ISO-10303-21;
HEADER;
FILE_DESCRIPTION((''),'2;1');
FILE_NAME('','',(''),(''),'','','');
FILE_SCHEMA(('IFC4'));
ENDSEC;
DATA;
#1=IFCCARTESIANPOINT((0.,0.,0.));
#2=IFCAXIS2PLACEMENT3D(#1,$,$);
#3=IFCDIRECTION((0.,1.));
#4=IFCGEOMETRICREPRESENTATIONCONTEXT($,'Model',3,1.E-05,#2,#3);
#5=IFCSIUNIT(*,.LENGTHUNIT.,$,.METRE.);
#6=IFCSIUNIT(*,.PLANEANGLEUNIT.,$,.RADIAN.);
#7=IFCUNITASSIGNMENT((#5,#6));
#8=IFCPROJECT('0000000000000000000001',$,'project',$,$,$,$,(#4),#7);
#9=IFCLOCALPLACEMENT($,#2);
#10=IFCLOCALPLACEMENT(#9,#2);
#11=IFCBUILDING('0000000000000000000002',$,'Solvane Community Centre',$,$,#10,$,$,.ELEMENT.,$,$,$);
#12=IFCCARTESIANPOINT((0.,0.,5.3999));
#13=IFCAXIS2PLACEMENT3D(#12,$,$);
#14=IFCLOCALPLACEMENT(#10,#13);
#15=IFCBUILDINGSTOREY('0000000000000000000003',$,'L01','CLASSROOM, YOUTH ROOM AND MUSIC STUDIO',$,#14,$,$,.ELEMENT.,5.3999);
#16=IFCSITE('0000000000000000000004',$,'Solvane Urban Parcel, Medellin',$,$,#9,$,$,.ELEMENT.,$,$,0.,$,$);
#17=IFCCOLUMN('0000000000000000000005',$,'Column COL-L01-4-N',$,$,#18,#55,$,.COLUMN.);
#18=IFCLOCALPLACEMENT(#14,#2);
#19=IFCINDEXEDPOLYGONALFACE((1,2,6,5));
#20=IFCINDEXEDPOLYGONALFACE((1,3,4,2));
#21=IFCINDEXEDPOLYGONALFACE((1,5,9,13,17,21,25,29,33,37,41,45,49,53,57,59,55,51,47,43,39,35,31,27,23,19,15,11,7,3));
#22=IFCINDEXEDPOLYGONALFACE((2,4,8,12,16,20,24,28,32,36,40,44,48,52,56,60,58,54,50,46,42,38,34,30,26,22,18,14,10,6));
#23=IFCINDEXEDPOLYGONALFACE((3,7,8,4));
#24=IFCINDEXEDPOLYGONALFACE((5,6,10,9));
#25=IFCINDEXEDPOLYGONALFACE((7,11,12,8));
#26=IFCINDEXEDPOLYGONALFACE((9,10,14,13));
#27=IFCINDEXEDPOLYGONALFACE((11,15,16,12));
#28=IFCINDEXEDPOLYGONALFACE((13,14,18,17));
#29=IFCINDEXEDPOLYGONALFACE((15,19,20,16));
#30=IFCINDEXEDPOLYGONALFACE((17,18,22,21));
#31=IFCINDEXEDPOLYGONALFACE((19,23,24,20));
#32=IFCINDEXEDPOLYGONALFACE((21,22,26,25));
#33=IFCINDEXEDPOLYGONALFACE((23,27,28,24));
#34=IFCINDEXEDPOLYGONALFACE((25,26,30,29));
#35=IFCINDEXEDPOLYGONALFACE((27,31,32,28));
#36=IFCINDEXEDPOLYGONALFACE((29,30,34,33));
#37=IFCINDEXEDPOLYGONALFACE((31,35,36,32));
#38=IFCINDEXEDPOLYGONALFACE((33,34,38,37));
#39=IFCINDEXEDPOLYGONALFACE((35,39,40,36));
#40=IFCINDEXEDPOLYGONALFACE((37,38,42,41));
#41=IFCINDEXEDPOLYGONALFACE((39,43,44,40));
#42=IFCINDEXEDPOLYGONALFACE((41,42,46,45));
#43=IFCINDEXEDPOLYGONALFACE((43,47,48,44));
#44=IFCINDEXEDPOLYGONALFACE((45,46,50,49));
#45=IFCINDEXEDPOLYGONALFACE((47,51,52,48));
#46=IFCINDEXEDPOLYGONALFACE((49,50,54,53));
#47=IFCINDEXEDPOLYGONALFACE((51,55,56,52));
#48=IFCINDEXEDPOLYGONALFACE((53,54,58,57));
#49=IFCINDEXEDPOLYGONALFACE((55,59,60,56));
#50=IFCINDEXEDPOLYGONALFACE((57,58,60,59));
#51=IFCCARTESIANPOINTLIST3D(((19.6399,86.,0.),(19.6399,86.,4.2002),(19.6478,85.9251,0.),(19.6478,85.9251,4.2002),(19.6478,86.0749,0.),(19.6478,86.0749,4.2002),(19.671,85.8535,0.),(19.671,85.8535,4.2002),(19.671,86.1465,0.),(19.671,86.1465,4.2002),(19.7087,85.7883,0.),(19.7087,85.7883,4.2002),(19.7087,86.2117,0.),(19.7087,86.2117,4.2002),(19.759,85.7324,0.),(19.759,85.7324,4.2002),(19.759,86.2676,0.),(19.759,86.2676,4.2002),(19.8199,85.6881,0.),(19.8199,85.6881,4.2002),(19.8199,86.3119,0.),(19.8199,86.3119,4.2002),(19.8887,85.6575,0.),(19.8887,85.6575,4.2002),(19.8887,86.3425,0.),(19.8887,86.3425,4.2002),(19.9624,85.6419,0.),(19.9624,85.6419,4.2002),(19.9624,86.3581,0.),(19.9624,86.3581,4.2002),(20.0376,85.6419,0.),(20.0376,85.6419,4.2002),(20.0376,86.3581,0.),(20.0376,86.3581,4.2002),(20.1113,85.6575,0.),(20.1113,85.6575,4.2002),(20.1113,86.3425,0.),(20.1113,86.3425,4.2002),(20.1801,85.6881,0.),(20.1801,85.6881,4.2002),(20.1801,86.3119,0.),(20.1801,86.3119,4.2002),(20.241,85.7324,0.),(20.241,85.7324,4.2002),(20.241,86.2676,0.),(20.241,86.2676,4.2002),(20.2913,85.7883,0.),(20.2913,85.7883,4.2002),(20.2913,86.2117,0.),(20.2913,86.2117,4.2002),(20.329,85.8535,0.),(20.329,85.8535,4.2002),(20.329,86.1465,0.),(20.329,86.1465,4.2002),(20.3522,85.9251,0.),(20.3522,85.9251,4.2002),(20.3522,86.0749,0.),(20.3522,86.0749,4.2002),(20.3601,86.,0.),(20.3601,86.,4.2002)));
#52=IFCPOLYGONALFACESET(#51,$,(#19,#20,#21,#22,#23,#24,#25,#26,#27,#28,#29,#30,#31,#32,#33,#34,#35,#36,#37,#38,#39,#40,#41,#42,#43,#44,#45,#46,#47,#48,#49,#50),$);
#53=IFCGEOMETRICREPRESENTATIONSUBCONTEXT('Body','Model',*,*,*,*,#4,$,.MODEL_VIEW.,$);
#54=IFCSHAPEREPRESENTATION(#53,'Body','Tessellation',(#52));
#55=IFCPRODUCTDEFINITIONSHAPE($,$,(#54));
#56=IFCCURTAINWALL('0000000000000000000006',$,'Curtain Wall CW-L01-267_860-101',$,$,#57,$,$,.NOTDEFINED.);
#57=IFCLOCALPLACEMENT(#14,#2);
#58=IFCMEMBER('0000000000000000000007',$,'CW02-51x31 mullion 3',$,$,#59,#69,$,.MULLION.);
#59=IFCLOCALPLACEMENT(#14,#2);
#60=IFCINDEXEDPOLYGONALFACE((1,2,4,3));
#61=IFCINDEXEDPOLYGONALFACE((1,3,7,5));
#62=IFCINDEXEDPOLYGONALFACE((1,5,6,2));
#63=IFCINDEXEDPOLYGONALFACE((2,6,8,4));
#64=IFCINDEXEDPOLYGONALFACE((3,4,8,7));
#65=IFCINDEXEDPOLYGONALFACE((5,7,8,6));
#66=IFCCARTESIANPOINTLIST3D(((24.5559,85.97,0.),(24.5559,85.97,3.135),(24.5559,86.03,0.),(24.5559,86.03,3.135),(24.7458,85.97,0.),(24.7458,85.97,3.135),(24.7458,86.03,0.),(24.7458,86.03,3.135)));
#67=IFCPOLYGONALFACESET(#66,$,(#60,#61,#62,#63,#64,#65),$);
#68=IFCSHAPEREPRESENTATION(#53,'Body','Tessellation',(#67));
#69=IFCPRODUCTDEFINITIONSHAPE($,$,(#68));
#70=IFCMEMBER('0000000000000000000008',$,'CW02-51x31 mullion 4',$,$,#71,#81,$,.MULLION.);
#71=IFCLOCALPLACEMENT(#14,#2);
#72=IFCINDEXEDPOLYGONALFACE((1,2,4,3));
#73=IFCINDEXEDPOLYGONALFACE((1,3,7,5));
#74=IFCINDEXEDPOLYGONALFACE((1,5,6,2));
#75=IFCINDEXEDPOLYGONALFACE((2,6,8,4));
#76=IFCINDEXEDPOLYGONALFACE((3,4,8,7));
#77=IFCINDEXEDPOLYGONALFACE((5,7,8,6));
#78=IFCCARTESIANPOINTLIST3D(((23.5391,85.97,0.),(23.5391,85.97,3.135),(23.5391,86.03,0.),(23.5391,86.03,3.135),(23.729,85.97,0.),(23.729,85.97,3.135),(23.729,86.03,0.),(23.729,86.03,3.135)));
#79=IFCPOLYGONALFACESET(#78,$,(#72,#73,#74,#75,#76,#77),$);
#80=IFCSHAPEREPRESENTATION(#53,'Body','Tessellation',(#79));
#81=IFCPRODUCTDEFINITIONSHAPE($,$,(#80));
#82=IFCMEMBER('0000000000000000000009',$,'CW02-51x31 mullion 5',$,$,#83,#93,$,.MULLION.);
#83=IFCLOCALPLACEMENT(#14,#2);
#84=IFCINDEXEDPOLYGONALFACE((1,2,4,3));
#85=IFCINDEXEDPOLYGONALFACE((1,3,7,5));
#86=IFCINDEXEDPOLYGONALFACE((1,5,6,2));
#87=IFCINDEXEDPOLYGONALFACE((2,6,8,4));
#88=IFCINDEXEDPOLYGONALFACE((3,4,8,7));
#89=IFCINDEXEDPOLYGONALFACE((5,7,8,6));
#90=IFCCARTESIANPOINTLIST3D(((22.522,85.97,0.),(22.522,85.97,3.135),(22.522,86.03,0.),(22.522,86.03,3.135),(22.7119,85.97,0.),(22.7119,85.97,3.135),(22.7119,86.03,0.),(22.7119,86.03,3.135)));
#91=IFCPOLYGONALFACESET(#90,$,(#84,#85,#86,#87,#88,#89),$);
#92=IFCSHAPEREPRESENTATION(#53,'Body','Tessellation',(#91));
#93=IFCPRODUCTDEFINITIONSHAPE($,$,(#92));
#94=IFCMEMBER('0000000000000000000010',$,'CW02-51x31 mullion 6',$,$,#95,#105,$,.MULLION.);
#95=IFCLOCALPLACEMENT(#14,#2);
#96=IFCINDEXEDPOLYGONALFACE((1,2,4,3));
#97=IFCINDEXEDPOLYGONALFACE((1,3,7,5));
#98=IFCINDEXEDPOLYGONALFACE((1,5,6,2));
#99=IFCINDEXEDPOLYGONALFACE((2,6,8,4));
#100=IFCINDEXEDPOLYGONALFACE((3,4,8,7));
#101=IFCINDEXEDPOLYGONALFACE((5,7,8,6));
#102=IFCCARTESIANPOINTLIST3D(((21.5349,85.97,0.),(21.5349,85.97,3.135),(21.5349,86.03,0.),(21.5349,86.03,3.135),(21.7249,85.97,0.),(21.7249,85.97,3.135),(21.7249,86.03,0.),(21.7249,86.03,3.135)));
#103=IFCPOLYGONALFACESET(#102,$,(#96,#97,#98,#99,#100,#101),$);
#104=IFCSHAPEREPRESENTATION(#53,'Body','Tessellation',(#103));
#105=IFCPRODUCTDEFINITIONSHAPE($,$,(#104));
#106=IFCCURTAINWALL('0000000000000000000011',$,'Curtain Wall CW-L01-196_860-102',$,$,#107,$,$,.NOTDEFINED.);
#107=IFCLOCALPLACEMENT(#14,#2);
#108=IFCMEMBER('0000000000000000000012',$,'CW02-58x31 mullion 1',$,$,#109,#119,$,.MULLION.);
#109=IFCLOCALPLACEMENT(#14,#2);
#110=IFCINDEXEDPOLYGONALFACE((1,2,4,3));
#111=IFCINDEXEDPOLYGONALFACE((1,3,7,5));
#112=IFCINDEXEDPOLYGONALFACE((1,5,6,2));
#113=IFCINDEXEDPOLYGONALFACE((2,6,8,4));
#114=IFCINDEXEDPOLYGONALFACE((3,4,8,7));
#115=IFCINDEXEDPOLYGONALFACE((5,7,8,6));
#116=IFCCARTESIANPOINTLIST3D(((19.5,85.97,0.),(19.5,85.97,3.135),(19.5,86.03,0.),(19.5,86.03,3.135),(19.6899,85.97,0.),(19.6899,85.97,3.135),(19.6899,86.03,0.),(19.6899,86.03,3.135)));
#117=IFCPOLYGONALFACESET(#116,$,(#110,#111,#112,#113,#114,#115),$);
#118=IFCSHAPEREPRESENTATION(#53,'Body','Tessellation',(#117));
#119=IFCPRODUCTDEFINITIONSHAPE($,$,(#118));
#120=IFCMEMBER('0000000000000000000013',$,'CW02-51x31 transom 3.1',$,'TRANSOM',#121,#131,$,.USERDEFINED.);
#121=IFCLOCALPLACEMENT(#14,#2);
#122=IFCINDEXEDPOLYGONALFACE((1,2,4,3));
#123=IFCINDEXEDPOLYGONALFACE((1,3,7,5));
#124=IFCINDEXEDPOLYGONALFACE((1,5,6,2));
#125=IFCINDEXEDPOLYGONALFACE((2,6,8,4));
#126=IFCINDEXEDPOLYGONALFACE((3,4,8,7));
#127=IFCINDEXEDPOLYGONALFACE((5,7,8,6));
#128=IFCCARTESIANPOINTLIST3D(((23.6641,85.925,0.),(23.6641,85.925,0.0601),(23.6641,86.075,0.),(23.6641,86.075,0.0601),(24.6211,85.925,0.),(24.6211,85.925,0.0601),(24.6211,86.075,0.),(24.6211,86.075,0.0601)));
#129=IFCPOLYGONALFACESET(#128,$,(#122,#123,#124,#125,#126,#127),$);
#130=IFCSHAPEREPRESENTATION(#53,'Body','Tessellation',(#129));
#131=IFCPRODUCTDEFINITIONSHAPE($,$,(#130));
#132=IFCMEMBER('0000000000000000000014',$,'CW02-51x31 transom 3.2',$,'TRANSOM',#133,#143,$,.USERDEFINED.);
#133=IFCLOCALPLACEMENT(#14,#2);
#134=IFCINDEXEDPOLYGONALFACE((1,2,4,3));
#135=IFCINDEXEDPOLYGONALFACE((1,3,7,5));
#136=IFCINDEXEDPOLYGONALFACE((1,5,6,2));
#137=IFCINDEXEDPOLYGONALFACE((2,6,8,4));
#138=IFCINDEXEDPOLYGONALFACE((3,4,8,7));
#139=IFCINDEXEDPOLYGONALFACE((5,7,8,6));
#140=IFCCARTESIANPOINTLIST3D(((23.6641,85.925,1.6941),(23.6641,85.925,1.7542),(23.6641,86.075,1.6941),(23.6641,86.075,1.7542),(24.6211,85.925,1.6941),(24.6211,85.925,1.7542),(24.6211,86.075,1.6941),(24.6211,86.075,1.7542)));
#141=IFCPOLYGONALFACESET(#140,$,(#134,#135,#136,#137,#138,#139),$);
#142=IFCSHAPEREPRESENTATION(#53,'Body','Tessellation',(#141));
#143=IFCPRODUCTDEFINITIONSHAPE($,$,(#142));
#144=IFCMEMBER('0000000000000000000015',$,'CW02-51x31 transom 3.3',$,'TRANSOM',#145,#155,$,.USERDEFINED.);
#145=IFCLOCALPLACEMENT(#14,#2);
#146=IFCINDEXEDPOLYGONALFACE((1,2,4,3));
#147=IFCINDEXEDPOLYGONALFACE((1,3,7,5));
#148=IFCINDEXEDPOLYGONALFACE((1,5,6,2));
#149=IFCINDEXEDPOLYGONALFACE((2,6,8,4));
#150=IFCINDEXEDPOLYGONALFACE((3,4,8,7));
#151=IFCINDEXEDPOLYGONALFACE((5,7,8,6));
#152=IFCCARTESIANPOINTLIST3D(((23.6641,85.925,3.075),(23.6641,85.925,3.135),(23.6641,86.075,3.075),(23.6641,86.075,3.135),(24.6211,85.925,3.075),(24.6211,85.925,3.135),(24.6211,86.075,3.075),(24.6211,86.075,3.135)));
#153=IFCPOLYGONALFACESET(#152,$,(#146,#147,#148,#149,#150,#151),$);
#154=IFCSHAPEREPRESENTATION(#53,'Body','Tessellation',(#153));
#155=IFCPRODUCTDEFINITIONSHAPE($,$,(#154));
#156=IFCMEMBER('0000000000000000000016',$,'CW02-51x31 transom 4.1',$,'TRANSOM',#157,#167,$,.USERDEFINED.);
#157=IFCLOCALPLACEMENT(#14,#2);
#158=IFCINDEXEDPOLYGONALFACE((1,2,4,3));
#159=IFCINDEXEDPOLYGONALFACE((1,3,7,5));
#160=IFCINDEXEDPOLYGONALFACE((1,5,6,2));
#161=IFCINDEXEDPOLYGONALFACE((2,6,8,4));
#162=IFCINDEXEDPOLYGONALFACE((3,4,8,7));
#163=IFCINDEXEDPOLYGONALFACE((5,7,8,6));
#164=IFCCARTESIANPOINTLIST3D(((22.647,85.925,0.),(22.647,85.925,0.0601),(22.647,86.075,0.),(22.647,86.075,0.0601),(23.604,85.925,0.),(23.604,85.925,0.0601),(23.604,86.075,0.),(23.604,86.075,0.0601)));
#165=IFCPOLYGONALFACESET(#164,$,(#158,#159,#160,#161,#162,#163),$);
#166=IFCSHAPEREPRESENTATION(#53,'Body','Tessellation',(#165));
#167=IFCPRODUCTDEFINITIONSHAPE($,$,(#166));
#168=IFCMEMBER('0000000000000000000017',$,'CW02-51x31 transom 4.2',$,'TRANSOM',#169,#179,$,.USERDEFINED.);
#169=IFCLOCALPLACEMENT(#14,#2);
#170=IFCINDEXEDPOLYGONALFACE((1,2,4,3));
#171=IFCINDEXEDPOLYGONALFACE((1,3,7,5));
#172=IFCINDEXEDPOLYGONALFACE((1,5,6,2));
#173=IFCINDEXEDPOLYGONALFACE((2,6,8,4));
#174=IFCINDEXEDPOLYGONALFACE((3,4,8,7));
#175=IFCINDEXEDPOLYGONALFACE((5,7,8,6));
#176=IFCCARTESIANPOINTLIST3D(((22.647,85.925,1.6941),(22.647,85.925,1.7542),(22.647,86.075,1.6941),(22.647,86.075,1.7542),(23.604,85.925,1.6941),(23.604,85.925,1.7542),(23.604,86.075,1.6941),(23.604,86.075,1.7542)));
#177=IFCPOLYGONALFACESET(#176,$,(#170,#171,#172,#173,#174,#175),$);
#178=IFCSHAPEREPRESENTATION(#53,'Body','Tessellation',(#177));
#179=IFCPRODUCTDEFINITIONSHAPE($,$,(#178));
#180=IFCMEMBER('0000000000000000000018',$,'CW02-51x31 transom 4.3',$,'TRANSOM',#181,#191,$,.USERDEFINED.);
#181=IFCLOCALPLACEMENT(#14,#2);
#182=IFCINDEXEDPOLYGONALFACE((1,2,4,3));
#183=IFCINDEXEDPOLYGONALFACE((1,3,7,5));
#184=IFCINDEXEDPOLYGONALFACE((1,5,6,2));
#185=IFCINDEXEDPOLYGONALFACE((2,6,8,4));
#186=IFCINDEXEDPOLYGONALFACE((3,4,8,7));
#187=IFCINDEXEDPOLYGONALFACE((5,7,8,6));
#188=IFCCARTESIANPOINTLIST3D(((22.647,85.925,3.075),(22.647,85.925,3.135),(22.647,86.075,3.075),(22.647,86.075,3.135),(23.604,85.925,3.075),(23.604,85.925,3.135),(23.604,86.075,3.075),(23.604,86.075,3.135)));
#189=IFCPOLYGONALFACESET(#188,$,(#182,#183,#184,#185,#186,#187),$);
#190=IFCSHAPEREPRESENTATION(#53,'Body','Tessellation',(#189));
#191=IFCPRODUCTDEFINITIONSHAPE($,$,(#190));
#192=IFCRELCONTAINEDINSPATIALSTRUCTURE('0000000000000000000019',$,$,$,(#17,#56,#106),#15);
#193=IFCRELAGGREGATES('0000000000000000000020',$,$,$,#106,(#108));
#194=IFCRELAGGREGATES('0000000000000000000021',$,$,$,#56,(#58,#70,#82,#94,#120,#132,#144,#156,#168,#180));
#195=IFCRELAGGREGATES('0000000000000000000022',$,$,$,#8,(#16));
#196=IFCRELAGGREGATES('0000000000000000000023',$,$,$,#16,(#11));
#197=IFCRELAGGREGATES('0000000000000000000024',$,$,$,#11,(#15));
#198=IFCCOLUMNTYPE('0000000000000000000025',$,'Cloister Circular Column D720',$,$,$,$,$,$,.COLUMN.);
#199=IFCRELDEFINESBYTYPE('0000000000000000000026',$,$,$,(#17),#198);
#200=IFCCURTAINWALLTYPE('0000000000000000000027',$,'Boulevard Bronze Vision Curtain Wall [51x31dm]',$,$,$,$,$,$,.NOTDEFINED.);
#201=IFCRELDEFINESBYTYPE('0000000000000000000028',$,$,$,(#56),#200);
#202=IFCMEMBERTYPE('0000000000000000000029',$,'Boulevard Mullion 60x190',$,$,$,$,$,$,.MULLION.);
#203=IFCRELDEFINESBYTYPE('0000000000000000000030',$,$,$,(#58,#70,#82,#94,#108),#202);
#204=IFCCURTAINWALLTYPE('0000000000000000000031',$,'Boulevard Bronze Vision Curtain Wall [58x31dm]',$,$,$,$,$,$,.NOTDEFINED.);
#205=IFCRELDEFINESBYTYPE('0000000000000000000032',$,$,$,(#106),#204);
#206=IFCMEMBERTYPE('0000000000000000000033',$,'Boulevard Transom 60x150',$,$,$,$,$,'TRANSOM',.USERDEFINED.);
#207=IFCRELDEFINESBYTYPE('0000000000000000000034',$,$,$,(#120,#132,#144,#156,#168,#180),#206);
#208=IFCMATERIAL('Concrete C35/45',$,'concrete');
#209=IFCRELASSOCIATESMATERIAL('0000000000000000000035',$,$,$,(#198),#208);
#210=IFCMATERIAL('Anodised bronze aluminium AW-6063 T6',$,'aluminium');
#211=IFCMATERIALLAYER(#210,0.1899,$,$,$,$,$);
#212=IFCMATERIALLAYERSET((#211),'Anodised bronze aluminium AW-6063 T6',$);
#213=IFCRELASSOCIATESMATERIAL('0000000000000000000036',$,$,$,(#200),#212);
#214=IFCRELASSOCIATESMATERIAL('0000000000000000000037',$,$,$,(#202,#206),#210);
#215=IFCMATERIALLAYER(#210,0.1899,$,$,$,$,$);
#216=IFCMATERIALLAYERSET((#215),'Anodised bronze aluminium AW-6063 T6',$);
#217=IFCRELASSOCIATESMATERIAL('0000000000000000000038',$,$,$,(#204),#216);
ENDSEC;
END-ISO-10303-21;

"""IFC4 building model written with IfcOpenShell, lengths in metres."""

from ifc_helpers import new_model, si_unit, direction, frame, origin, origin_2d, place, context, subcontext, project, spatial, rectangle, circle, extrude, material, layer, layer_set, material_profile, profile_set, type_object, element, aggregate, save


model = new_model("IFC4")

# Units and contexts
model_context = context("Model", 3, precision=1e-05, world=origin(), true_north=direction((0.0, 1.0)))
body_context = subcontext(model_context, "Body", "Model", "MODEL_VIEW")
ifc_project = project(units=[si_unit("LENGTHUNIT", "METRE"), si_unit("PLANEANGLEUNIT", "RADIAN")], contexts=[model_context])

# Site, building, storey
site_placement = place(None, origin())
site = spatial("IfcSite", under=ifc_project, at=site_placement, Name="Solvane Urban Parcel, Medellin", CompositionType="ELEMENT", RefElevation=0.0)
building_placement = place(site_placement, origin())
building = spatial("IfcBuilding", under=site, at=building_placement, Name="Solvane Community Centre", CompositionType="ELEMENT")
storey_placement = place(building_placement, frame((0.0, 0.0, 5.3999)))
storey = spatial("IfcBuildingStorey", under=building, at=storey_placement, Name="L01", Description="CLASSROOM, YOUTH ROOM AND MUSIC STUDIO", CompositionType="ELEMENT", Elevation=5.3999)

# Column
ifc_material_1 = material(Name="Concrete C35/45", Category="concrete")
ifc_material_profile_1 = material_profile(ifc_material_1, circle(Radius=0.3601, at=origin_2d()), Name="RC D720")
ifc_profile_set_1 = profile_set([ifc_material_profile_1], Name="Concrete C35/45")
column_type = type_object("IfcColumnType", Name="Cloister Circular Column D720", PredefinedType="COLUMN", material=ifc_profile_set_1)
column_placement = place(storey_placement, frame((20.0, 86.0, 0.0), z_axis=(0.0, 0.0, 1.0), x_axis=(1.0, 0.0, 0.0)))
element("IfcColumn", 1, at=column_placement, inside=storey, type_object=column_type, Name="Column COL-L01-4-N", PredefinedType="COLUMN", context=body_context, shape_type="SweptSolid", body=[
    extrude(circle(Radius=0.3601, at=origin_2d()), origin(), (0.0, 0.0, 1.0), 4.2002),
])

# Curtain wall, members
ifc_material_2 = material(Name="Anodised bronze aluminium AW-6063 T6", Category="aluminium")
ifc_layer_1 = layer(ifc_material_2, 0.1899)
ifc_layer_set_1 = layer_set([ifc_layer_1], Name="Anodised bronze aluminium AW-6063 T6")
curtain_wall_type_1 = type_object("IfcCurtainWallType", Name="Boulevard Bronze Vision Curtain Wall [51x31dm]", PredefinedType="NOTDEFINED", material=ifc_layer_set_1)
curtain_wall_1_placement = place(storey_placement, origin())
curtain_wall_1 = element("IfcCurtainWall", 2, at=curtain_wall_1_placement, inside=storey, type_object=curtain_wall_type_1, Name="Curtain Wall CW-L01-267_860-101", PredefinedType="NOTDEFINED")
ifc_material_profile_2 = material_profile(ifc_material_2, rectangle(XDim=0.0601, YDim=0.1899, at=origin_2d()), Name="CW-M 60x190")
ifc_profile_set_2 = profile_set([ifc_material_profile_2], Name="Anodised bronze aluminium AW-6063 T6")
member_type_1 = type_object("IfcMemberType", Name="Boulevard Mullion 60x190", PredefinedType="MULLION", material=ifc_profile_set_2)
member_1_placement = place(storey_placement, frame((24.6509, 86.0, 0.0), z_axis=(0.0, 0.0, 1.0), x_axis=(0.0, -1.0, 0.0)))
member_1 = element("IfcMember", 3, at=member_1_placement, type_object=member_type_1, Name="CW02-51x31 mullion 3", PredefinedType="MULLION", context=body_context, shape_type="SweptSolid", body=[
    extrude(rectangle(XDim=0.0601, YDim=0.1899, at=origin_2d()), origin(), (0.0, 0.0, 1.0), 3.135),
])
member_2_placement = place(storey_placement, frame((23.634, 86.0, 0.0), z_axis=(0.0, 0.0, 1.0), x_axis=(0.0, -1.0, 0.0)))
member_2 = element("IfcMember", 4, at=member_2_placement, type_object=member_type_1, Name="CW02-51x31 mullion 4", PredefinedType="MULLION", context=body_context, shape_type="SweptSolid", body=[
    extrude(rectangle(XDim=0.0601, YDim=0.1899, at=origin_2d()), origin(), (0.0, 0.0, 1.0), 3.135),
])
member_3_placement = place(storey_placement, frame((22.6169, 86.0, 0.0), z_axis=(0.0, 0.0, 1.0), x_axis=(0.0, -1.0, 0.0)))
member_3 = element("IfcMember", 5, at=member_3_placement, type_object=member_type_1, Name="CW02-51x31 mullion 5", PredefinedType="MULLION", context=body_context, shape_type="SweptSolid", body=[
    extrude(rectangle(XDim=0.0601, YDim=0.1899, at=origin_2d()), origin(), (0.0, 0.0, 1.0), 3.135),
])
member_4_placement = place(storey_placement, frame((21.6299, 86.0, 0.0), z_axis=(0.0, 0.0, 1.0), x_axis=(0.0, -1.0, 0.0)))
member_4 = element("IfcMember", 6, at=member_4_placement, type_object=member_type_1, Name="CW02-51x31 mullion 6", PredefinedType="MULLION", context=body_context, shape_type="SweptSolid", body=[
    extrude(rectangle(XDim=0.0601, YDim=0.1899, at=origin_2d()), origin(), (0.0, 0.0, 1.0), 3.135),
])

# Curtain wall, member
ifc_layer_2 = layer(ifc_material_2, 0.1899)
ifc_layer_set_2 = layer_set([ifc_layer_2], Name="Anodised bronze aluminium AW-6063 T6")
curtain_wall_type_2 = type_object("IfcCurtainWallType", Name="Boulevard Bronze Vision Curtain Wall [58x31dm]", PredefinedType="NOTDEFINED", material=ifc_layer_set_2)
curtain_wall_2_placement = place(storey_placement, origin())
curtain_wall_2 = element("IfcCurtainWall", 7, at=curtain_wall_2_placement, inside=storey, type_object=curtain_wall_type_2, Name="Curtain Wall CW-L01-196_860-102", PredefinedType="NOTDEFINED")
member_5_placement = place(storey_placement, frame((19.595, 86.0, 0.0), z_axis=(0.0, 0.0, 1.0), x_axis=(0.0, -1.0, 0.0)))
member_5 = element("IfcMember", 8, at=member_5_placement, type_object=member_type_1, Name="CW02-58x31 mullion 1", PredefinedType="MULLION", context=body_context, shape_type="SweptSolid", body=[
    extrude(rectangle(XDim=0.0601, YDim=0.1899, at=origin_2d()), origin(), (0.0, 0.0, 1.0), 3.135),
])

# Members
ifc_material_profile_3 = material_profile(ifc_material_2, rectangle(XDim=0.1499, YDim=0.0601, at=origin_2d()), Name="CW-T 60x150")
ifc_profile_set_3 = profile_set([ifc_material_profile_3], Name="Anodised bronze aluminium AW-6063 T6")
member_type_2 = type_object("IfcMemberType", Name="Boulevard Transom 60x150", ElementType="TRANSOM", PredefinedType="USERDEFINED", material=ifc_profile_set_3)
member_6_placement = place(storey_placement, frame((24.6211, 86.0, 0.03), z_axis=(-1.0, 0.0, 0.0), x_axis=(0.0, -1.0, 0.0)))
member_6 = element("IfcMember", 9, at=member_6_placement, type_object=member_type_2, Name="CW02-51x31 transom 3.1", ObjectType="TRANSOM", PredefinedType="USERDEFINED", context=body_context, shape_type="SweptSolid", body=[
    extrude(rectangle(XDim=0.1499, YDim=0.0601, at=origin_2d()), origin(), (0.0, 0.0, 1.0), 0.957),
])
member_7_placement = place(storey_placement, frame((24.6211, 86.0, 1.7241), z_axis=(-1.0, 0.0, 0.0), x_axis=(0.0, -1.0, 0.0)))
member_7 = element("IfcMember", 10, at=member_7_placement, type_object=member_type_2, Name="CW02-51x31 transom 3.2", ObjectType="TRANSOM", PredefinedType="USERDEFINED", context=body_context, shape_type="SweptSolid", body=[
    extrude(rectangle(XDim=0.1499, YDim=0.0601, at=origin_2d()), origin(), (0.0, 0.0, 1.0), 0.957),
])
member_8_placement = place(storey_placement, frame((24.6211, 86.0, 3.105), z_axis=(-1.0, 0.0, 0.0), x_axis=(0.0, -1.0, 0.0)))
member_8 = element("IfcMember", 11, at=member_8_placement, type_object=member_type_2, Name="CW02-51x31 transom 3.3", ObjectType="TRANSOM", PredefinedType="USERDEFINED", context=body_context, shape_type="SweptSolid", body=[
    extrude(rectangle(XDim=0.1499, YDim=0.0601, at=origin_2d()), origin(), (0.0, 0.0, 1.0), 0.957),
])
member_9_placement = place(storey_placement, frame((23.604, 86.0, 0.03), z_axis=(-1.0, 0.0, 0.0), x_axis=(0.0, -1.0, 0.0)))
member_9 = element("IfcMember", 12, at=member_9_placement, type_object=member_type_2, Name="CW02-51x31 transom 4.1", ObjectType="TRANSOM", PredefinedType="USERDEFINED", context=body_context, shape_type="SweptSolid", body=[
    extrude(rectangle(XDim=0.1499, YDim=0.0601, at=origin_2d()), origin(), (0.0, 0.0, 1.0), 0.957),
])
member_10_placement = place(storey_placement, frame((23.604, 86.0, 1.7241), z_axis=(-1.0, 0.0, 0.0), x_axis=(0.0, -1.0, 0.0)))
member_10 = element("IfcMember", 13, at=member_10_placement, type_object=member_type_2, Name="CW02-51x31 transom 4.2", ObjectType="TRANSOM", PredefinedType="USERDEFINED", context=body_context, shape_type="SweptSolid", body=[
    extrude(rectangle(XDim=0.1499, YDim=0.0601, at=origin_2d()), origin(), (0.0, 0.0, 1.0), 0.957),
])
member_11_placement = place(storey_placement, frame((23.604, 86.0, 3.105), z_axis=(-1.0, 0.0, 0.0), x_axis=(0.0, -1.0, 0.0)))
member_11 = element("IfcMember", 14, at=member_11_placement, type_object=member_type_2, Name="CW02-51x31 transom 4.3", ObjectType="TRANSOM", PredefinedType="USERDEFINED", context=body_context, shape_type="SweptSolid", body=[
    extrude(rectangle(XDim=0.1499, YDim=0.0601, at=origin_2d()), origin(), (0.0, 0.0, 1.0), 0.957),
])
aggregate(curtain_wall_2, [member_5])

aggregate(curtain_wall_1, [member_1, member_2, member_3, member_4, member_6, member_7, member_8, member_9, member_10, member_11])

save(model, "model.ifc")
